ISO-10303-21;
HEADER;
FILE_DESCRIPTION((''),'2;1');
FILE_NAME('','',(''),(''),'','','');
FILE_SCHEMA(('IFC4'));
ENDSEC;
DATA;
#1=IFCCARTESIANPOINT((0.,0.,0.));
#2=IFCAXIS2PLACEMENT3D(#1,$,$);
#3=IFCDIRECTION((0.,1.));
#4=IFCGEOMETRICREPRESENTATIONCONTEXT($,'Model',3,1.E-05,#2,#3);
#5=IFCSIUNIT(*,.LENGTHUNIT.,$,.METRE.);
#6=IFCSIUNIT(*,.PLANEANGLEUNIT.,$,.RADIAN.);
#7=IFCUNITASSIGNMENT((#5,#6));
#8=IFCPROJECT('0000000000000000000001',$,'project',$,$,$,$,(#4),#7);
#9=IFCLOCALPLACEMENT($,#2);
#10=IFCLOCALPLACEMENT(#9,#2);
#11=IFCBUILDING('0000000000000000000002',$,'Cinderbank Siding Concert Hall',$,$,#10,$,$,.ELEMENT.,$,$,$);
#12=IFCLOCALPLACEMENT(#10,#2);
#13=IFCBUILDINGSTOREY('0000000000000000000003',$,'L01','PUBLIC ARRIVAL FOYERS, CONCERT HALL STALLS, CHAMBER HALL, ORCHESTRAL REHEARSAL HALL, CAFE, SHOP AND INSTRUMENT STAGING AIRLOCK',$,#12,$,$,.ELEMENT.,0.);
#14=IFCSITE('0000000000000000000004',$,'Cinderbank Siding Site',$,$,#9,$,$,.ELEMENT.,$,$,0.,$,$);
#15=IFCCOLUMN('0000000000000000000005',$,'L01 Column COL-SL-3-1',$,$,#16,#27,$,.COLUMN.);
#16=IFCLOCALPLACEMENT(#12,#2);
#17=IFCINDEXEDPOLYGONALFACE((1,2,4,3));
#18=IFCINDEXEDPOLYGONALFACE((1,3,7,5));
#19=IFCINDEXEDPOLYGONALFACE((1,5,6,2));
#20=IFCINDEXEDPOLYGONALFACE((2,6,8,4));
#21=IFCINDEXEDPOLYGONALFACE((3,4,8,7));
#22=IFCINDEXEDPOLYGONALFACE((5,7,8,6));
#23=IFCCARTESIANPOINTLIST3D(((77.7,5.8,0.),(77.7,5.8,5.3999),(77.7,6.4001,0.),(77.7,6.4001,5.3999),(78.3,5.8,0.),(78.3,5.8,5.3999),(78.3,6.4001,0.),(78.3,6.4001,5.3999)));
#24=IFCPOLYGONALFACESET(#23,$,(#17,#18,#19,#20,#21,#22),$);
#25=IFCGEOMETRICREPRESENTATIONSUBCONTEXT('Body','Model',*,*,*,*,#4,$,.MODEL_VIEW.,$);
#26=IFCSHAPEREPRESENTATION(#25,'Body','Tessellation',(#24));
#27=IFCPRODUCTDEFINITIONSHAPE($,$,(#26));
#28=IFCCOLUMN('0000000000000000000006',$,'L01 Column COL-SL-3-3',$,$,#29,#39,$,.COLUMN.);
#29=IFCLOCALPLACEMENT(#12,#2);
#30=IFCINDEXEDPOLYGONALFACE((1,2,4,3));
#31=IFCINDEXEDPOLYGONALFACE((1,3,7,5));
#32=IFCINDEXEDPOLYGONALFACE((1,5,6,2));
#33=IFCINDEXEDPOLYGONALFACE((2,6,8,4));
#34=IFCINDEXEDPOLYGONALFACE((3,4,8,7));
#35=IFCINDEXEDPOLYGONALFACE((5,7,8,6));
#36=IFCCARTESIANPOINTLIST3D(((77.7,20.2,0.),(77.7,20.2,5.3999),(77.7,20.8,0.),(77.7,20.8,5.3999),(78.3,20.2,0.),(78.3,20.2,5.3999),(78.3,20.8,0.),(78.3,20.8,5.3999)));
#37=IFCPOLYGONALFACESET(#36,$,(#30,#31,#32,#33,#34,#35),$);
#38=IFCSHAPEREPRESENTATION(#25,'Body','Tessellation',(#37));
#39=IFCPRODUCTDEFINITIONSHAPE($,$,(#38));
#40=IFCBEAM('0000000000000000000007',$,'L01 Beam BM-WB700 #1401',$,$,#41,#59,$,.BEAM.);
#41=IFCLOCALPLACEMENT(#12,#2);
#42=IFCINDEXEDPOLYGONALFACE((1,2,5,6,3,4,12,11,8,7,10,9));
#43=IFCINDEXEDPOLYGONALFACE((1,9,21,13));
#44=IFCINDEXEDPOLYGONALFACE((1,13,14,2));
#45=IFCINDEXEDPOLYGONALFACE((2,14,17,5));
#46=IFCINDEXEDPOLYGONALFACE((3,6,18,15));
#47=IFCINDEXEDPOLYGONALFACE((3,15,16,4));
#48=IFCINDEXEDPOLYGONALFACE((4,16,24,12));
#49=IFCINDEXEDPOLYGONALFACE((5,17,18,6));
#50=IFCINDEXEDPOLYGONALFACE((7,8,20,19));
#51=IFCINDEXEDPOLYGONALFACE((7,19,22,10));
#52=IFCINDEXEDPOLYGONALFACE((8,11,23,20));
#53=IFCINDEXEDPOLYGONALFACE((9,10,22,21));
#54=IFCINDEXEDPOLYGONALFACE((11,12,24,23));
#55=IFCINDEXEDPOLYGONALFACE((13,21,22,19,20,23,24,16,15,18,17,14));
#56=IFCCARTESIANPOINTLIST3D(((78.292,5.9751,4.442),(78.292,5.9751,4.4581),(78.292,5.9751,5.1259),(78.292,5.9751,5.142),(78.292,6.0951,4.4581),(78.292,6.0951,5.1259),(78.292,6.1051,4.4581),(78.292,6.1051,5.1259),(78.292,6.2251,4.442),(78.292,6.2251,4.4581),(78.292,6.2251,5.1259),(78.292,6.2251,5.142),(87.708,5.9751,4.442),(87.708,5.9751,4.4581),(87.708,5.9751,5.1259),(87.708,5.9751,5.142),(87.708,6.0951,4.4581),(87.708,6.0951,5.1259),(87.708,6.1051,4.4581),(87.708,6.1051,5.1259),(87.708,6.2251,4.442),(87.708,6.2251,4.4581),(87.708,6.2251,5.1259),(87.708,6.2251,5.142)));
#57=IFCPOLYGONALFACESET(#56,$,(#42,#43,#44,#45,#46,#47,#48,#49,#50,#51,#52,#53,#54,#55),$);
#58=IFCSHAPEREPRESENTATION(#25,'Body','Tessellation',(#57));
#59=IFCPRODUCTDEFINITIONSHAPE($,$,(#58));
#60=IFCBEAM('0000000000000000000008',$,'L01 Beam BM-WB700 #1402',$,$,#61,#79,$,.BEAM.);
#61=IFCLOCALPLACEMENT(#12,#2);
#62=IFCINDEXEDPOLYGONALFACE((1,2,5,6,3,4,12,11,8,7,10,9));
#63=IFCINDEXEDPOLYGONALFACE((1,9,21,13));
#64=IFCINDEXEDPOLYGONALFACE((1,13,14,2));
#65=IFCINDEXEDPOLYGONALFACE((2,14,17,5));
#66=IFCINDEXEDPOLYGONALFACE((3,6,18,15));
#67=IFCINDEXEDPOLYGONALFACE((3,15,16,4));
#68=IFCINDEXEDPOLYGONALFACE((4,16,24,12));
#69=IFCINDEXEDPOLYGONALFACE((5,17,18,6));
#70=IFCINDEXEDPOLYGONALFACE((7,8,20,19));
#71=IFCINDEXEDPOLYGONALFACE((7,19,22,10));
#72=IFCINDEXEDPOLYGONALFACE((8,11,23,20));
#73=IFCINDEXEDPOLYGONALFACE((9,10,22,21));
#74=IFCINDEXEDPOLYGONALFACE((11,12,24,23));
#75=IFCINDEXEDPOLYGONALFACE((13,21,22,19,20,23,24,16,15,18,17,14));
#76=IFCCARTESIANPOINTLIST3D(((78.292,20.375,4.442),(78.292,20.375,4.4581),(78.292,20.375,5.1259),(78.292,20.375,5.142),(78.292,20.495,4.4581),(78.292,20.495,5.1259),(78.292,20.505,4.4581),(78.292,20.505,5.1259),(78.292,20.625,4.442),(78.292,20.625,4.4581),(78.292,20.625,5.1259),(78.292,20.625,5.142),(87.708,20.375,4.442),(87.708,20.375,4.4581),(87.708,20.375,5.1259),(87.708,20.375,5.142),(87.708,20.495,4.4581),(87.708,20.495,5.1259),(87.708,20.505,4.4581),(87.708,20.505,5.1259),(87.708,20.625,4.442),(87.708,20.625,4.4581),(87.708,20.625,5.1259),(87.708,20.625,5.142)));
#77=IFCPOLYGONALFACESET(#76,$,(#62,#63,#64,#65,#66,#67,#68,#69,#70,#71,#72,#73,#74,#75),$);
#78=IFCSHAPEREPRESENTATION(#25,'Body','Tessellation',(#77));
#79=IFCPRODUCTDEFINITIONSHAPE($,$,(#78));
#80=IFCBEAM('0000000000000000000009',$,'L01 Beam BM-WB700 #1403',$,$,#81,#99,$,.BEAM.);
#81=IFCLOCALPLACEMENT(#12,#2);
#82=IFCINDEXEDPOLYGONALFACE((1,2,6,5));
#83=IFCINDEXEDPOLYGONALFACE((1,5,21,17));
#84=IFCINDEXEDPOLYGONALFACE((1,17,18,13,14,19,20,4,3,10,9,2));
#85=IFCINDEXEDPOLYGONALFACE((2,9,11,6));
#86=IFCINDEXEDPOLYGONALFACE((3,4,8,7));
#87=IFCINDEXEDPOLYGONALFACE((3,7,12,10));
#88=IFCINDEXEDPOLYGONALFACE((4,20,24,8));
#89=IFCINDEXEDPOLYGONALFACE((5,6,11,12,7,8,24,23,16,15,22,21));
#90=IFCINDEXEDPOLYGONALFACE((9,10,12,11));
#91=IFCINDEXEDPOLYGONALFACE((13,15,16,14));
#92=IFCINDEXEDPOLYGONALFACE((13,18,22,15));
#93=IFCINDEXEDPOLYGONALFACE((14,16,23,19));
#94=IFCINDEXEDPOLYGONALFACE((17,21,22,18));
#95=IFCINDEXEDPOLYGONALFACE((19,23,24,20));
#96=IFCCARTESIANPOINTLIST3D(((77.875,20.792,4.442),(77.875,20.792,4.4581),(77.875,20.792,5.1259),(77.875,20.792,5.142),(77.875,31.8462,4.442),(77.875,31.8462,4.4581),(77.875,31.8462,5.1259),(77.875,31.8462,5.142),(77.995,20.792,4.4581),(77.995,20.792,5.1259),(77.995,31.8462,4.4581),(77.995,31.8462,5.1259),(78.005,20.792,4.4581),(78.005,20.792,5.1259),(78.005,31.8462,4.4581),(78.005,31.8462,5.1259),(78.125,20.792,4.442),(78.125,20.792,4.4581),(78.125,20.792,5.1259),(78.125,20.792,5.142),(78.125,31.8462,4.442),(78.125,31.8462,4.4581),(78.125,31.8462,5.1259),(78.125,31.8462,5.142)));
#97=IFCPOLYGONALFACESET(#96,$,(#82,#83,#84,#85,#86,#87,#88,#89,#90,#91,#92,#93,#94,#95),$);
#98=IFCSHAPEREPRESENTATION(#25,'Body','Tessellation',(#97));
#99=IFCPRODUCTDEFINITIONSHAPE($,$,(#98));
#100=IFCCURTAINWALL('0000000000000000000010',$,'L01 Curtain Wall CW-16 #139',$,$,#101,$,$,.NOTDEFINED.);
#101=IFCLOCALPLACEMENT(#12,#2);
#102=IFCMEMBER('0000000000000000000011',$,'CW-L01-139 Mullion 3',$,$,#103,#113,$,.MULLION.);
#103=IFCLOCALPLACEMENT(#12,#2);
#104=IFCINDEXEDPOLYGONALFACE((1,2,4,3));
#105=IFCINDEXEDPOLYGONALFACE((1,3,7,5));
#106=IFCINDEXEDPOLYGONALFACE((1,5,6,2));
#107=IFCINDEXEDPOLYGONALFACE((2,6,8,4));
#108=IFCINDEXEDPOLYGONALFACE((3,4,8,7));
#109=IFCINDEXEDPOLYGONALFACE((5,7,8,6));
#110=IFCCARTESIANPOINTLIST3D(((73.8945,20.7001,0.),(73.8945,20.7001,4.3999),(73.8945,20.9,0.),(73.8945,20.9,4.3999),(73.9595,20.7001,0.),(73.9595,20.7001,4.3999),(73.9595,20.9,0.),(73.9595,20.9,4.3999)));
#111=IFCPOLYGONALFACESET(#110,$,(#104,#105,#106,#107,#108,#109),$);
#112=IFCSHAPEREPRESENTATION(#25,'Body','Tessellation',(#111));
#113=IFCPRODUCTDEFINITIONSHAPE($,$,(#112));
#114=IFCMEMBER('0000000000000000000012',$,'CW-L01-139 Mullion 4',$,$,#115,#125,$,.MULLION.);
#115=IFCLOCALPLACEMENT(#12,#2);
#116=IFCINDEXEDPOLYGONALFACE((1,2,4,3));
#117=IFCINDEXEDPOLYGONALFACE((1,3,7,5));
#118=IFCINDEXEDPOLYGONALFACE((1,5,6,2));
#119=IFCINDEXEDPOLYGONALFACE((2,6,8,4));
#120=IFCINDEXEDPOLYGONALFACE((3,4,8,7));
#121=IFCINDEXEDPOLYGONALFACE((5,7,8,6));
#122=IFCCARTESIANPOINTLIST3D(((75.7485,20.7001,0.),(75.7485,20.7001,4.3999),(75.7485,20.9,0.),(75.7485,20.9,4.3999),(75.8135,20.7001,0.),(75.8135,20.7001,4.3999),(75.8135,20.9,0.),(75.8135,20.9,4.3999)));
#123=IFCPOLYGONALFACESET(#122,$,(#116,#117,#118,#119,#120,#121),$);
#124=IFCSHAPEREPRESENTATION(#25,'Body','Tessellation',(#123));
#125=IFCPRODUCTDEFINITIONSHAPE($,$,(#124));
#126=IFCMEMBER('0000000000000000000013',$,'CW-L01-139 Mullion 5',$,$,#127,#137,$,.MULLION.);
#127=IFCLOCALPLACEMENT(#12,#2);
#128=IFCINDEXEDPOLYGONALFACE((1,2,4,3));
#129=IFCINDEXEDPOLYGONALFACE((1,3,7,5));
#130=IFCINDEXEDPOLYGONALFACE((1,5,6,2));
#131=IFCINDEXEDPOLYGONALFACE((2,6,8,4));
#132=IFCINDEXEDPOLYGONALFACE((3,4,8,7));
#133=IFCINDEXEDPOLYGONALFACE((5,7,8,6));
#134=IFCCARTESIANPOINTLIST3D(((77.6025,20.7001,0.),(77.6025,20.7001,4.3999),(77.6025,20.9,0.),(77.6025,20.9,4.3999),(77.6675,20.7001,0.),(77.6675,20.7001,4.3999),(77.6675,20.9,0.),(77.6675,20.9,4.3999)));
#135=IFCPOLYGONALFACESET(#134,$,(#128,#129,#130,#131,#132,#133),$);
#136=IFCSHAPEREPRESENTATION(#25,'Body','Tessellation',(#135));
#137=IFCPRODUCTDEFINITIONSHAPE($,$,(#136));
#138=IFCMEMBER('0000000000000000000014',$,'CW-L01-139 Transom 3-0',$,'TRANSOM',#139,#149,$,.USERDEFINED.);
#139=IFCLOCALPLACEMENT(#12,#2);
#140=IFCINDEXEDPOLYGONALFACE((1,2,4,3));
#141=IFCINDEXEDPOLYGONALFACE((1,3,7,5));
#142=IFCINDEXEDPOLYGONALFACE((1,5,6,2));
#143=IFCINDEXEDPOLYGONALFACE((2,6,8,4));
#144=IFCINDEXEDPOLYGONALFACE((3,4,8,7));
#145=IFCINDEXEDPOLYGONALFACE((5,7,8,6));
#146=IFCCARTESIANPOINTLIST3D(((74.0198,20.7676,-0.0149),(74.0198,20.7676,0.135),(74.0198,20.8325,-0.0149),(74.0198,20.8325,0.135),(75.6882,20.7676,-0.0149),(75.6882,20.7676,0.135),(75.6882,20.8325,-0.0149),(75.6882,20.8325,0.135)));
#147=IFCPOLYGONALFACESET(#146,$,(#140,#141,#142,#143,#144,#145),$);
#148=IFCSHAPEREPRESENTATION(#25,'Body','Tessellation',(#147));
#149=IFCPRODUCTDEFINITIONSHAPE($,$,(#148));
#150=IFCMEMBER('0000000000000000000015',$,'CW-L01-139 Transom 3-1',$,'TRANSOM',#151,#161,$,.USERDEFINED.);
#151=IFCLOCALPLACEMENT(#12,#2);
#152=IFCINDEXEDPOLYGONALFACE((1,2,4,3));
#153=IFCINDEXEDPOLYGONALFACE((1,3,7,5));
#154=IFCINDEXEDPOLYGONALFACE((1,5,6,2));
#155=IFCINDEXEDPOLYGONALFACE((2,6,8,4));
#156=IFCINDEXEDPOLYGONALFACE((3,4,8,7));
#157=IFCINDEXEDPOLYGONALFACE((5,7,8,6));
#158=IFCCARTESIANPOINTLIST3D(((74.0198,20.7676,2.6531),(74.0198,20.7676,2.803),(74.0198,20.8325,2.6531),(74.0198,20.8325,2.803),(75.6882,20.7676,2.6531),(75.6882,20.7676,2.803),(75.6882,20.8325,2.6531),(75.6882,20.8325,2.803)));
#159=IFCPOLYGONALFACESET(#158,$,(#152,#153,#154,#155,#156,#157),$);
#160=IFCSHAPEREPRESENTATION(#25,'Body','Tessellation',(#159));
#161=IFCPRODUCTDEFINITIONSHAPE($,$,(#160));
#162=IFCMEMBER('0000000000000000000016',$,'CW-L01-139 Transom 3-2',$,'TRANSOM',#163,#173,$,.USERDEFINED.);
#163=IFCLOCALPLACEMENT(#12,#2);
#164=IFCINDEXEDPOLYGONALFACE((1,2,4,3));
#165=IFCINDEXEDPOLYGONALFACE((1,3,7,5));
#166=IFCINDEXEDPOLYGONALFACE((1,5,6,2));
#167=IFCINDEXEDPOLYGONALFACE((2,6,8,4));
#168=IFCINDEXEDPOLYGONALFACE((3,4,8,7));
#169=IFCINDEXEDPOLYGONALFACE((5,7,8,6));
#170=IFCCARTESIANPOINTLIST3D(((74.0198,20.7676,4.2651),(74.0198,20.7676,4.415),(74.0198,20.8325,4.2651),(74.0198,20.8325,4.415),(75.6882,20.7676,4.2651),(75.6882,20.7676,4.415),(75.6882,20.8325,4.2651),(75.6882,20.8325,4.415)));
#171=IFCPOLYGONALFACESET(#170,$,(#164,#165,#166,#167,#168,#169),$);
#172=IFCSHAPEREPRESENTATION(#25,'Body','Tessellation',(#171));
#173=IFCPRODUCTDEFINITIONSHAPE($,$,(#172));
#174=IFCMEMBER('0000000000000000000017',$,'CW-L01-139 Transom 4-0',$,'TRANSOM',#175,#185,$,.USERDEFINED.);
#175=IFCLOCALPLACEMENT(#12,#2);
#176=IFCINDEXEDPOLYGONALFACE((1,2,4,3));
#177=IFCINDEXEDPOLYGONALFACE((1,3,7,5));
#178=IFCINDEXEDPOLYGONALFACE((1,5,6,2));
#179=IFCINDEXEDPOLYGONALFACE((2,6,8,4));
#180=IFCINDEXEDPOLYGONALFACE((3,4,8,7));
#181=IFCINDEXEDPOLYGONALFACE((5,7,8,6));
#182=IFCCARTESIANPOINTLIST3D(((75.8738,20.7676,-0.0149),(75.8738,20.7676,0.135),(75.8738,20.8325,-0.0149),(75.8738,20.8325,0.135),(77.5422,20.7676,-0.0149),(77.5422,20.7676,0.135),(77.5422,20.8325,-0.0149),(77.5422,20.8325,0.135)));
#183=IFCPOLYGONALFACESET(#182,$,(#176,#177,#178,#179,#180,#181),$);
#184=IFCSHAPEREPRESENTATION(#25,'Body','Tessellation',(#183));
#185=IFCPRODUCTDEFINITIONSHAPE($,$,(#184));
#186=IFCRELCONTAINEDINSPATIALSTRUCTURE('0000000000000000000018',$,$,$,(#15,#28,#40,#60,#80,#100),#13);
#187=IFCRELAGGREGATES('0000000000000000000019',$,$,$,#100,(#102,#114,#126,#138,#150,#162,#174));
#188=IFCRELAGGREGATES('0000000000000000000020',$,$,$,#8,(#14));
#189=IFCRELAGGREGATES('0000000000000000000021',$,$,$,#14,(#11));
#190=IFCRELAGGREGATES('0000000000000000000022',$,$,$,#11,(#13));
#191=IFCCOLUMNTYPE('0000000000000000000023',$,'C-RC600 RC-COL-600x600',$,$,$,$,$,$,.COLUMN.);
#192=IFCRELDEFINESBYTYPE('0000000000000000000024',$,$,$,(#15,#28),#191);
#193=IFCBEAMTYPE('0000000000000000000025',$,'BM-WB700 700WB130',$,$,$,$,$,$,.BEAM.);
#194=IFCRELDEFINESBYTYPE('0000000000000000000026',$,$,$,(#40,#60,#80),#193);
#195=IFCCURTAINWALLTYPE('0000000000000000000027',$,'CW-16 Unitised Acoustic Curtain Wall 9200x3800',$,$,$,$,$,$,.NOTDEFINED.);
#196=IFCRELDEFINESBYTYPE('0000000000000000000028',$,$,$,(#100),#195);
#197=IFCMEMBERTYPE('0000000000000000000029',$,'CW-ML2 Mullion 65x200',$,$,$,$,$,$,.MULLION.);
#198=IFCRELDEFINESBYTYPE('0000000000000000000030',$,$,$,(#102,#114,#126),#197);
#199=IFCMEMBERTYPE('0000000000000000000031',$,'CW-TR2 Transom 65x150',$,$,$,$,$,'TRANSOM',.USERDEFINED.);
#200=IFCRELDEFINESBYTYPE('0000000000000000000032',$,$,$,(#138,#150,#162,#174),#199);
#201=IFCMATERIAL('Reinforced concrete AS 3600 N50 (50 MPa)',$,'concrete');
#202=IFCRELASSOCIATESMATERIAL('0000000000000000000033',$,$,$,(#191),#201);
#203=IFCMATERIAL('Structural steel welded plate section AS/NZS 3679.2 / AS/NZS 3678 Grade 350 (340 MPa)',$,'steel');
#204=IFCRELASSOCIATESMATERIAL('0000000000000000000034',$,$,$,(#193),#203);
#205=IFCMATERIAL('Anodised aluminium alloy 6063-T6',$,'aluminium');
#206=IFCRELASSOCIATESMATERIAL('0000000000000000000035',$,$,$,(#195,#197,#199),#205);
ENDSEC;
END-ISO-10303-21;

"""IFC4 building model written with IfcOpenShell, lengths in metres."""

from ifc_helpers import new_model, si_unit, direction, frame, origin, origin_2d, place, context, subcontext, project, spatial, rectangle, i_section, extrude, material, material_profile, profile_set, type_object, element, aggregate, save


model = new_model("IFC4")

# Units and contexts
model_context = context("Model", 3, precision=1e-05, world=origin(), true_north=direction((0.0, 1.0)))
body_context = subcontext(model_context, "Body", "Model", "MODEL_VIEW")
ifc_project = project(units=[si_unit("LENGTHUNIT", "METRE"), si_unit("PLANEANGLEUNIT", "RADIAN")], contexts=[model_context])

# Site, building, storey
site_placement = place(None, origin())
site = spatial("IfcSite", under=ifc_project, at=site_placement, Name="Cinderbank Siding Site", CompositionType="ELEMENT", RefElevation=0.0)
building_placement = place(site_placement, origin())
building = spatial("IfcBuilding", under=site, at=building_placement, Name="Cinderbank Siding Concert Hall", CompositionType="ELEMENT")
storey_placement = place(building_placement, origin())
storey = spatial("IfcBuildingStorey", under=building, at=storey_placement, Name="L01", Description="PUBLIC ARRIVAL FOYERS, CONCERT HALL STALLS, CHAMBER HALL, ORCHESTRAL REHEARSAL HALL, CAFE, SHOP AND INSTRUMENT STAGING AIRLOCK", CompositionType="ELEMENT", Elevation=0.0)

# Columns
ifc_material_1 = material(Name="Reinforced concrete AS 3600 N50 (50 MPa)", Category="concrete")
ifc_material_profile_1 = material_profile(ifc_material_1, rectangle(XDim=0.6001, YDim=0.6001, at=origin_2d()), Name="RC-COL-600x600", Category="LoadBearing")
ifc_profile_set_1 = profile_set([ifc_material_profile_1], Name="Reinforced concrete AS 3600 N50 (50 MPa)")
column_type = type_object("IfcColumnType", Name="C-RC600 RC-COL-600x600", PredefinedType="COLUMN", material=ifc_profile_set_1)
for number, where, z_axis, x_axis, name in (
    (1, (78.0, 6.1001, 0.0), (0.0, 0.0, 1.0), (1.0, 0.0, 0.0), "L01 Column COL-SL-3-1"),
    (2, (78.0, 20.5, 0.0), (0.0, 0.0, 1.0), (1.0, 0.0, 0.0), "L01 Column COL-SL-3-3"),
):
    element("IfcColumn", number, at=place(storey_placement, frame(where, z_axis=z_axis, x_axis=x_axis)), inside=storey, type_object=column_type, Name=name, PredefinedType="COLUMN", context=body_context, shape_type="SweptSolid", body=[
        extrude(rectangle(XDim=0.6001, YDim=0.6001, at=origin_2d()), origin(), (0.0, 0.0, 1.0), 5.3999),
    ])

# Beams
ifc_material_2 = material(Name="Structural steel welded plate section AS/NZS 3679.2 / AS/NZS 3678 Grade 350 (340 MPa)", Category="steel")
ifc_material_profile_2 = material_profile(ifc_material_2, i_section(OverallWidth=0.25, OverallDepth=0.7, WebThickness=0.01, FlangeThickness=0.0161, at=origin_2d()), Name="700WB130", Category="LoadBearing")
ifc_profile_set_2 = profile_set([ifc_material_profile_2], Name="Structural steel welded plate section AS/NZS 3679.2 / AS/NZS 3678 Grade 350 (340 MPa)")
beam_type = type_object("IfcBeamType", Name="BM-WB700 700WB130", PredefinedType="BEAM", material=ifc_profile_set_2)
for number, where, z_axis, x_axis, name in (
    (3, (78.292, 6.1001, 4.792), (1.0, 0.0, 0.0), (0.0, 1.0, 0.0), "L01 Beam BM-WB700 #1401"),
    (4, (78.292, 20.5, 4.792), (1.0, 0.0, 0.0), (0.0, 1.0, 0.0), "L01 Beam BM-WB700 #1402"),
):
    element("IfcBeam", number, at=place(storey_placement, frame(where, z_axis=z_axis, x_axis=x_axis)), inside=storey, type_object=beam_type, Name=name, PredefinedType="BEAM", context=body_context, shape_type="SweptSolid", body=[
        extrude(i_section(OverallWidth=0.25, OverallDepth=0.7, WebThickness=0.01, FlangeThickness=0.0161, at=origin_2d()), origin(), (0.0, 0.0, 1.0), 9.416),
    ])
beam_placement = place(storey_placement, frame((78.0, 20.792, 4.792), z_axis=(0.0, 1.0, 0.0), x_axis=(-1.0, 0.0, 0.0)))
element("IfcBeam", 5, at=beam_placement, inside=storey, type_object=beam_type, Name="L01 Beam BM-WB700 #1403", PredefinedType="BEAM", context=body_context, shape_type="SweptSolid", body=[
    extrude(i_section(OverallWidth=0.25, OverallDepth=0.7, WebThickness=0.01, FlangeThickness=0.0161, at=origin_2d()), origin(), (0.0, 0.0, 1.0), 11.0542),
])

# Curtain wall, members
ifc_material_3 = material(Name="Anodised aluminium alloy 6063-T6", Category="aluminium")
curtain_wall_type = type_object("IfcCurtainWallType", Name="CW-16 Unitised Acoustic Curtain Wall 9200x3800", PredefinedType="NOTDEFINED", material=ifc_material_3)
curtain_wall_placement = place(storey_placement, origin())
curtain_wall = element("IfcCurtainWall", 6, at=curtain_wall_placement, inside=storey, type_object=curtain_wall_type, Name="L01 Curtain Wall CW-16 #139", PredefinedType="NOTDEFINED")
ifc_material_profile_3 = material_profile(ifc_material_3, rectangle(XDim=0.0649, YDim=0.2, at=origin_2d()), Name="ALU-MULL-65x200", Category="LoadBearing")
ifc_profile_set_3 = profile_set([ifc_material_profile_3], Name="Anodised aluminium alloy 6063-T6")
member_type_1 = type_object("IfcMemberType", Name="CW-ML2 Mullion 65x200", PredefinedType="MULLION", material=ifc_profile_set_3)
member_1_placement = place(storey_placement, frame((73.927, 20.8, 0.0), z_axis=(0.0, 0.0, 1.0), x_axis=(1.0, 0.0, 0.0)))
member_1 = element("IfcMember", 7, at=member_1_placement, type_object=member_type_1, Name="CW-L01-139 Mullion 3", PredefinedType="MULLION", context=body_context, shape_type="SweptSolid", body=[
    extrude(rectangle(XDim=0.0649, YDim=0.2, at=origin_2d()), origin(), (0.0, 0.0, 1.0), 4.3999),
])
member_2_placement = place(storey_placement, frame((75.781, 20.8, 0.0), z_axis=(0.0, 0.0, 1.0), x_axis=(1.0, 0.0, 0.0)))
member_2 = element("IfcMember", 8, at=member_2_placement, type_object=member_type_1, Name="CW-L01-139 Mullion 4", PredefinedType="MULLION", context=body_context, shape_type="SweptSolid", body=[
    extrude(rectangle(XDim=0.0649, YDim=0.2, at=origin_2d()), origin(), (0.0, 0.0, 1.0), 4.3999),
])
member_3_placement = place(storey_placement, frame((77.635, 20.8, 0.0), z_axis=(0.0, 0.0, 1.0), x_axis=(1.0, 0.0, 0.0)))
member_3 = element("IfcMember", 9, at=member_3_placement, type_object=member_type_1, Name="CW-L01-139 Mullion 5", PredefinedType="MULLION", context=body_context, shape_type="SweptSolid", body=[
    extrude(rectangle(XDim=0.0649, YDim=0.2, at=origin_2d()), origin(), (0.0, 0.0, 1.0), 4.3999),
])
ifc_material_profile_4 = material_profile(ifc_material_3, rectangle(XDim=0.0649, YDim=0.1499, at=origin_2d()), Name="ALU-TRAN-65x150", Category="LoadBearing")
ifc_profile_set_4 = profile_set([ifc_material_profile_4], Name="Anodised aluminium alloy 6063-T6")
member_type_2 = type_object("IfcMemberType", Name="CW-TR2 Transom 65x150", ElementType="TRANSOM", PredefinedType="USERDEFINED", material=ifc_profile_set_4)
member_4_placement = place(storey_placement, frame((74.0198, 20.8, 0.0601), z_axis=(1.0, 0.0, 0.0), x_axis=(0.0, 1.0, 0.0)))
member_4 = element("IfcMember", 10, at=member_4_placement, type_object=member_type_2, Name="CW-L01-139 Transom 3-0", ObjectType="TRANSOM", PredefinedType="USERDEFINED", context=body_context, shape_type="SweptSolid", body=[
    extrude(rectangle(XDim=0.0649, YDim=0.1499, at=origin_2d()), origin(), (0.0, 0.0, 1.0), 1.6685),
])
member_5_placement = place(storey_placement, frame((74.0198, 20.8, 2.728), z_axis=(1.0, 0.0, 0.0), x_axis=(0.0, 1.0, 0.0)))
member_5 = element("IfcMember", 11, at=member_5_placement, type_object=member_type_2, Name="CW-L01-139 Transom 3-1", ObjectType="TRANSOM", PredefinedType="USERDEFINED", context=body_context, shape_type="SweptSolid", body=[
    extrude(rectangle(XDim=0.0649, YDim=0.1499, at=origin_2d()), origin(), (0.0, 0.0, 1.0), 1.6685),
])
member_6_placement = place(storey_placement, frame((74.0198, 20.8, 4.3401), z_axis=(1.0, 0.0, 0.0), x_axis=(0.0, 1.0, 0.0)))
member_6 = element("IfcMember", 12, at=member_6_placement, type_object=member_type_2, Name="CW-L01-139 Transom 3-2", ObjectType="TRANSOM", PredefinedType="USERDEFINED", context=body_context, shape_type="SweptSolid", body=[
    extrude(rectangle(XDim=0.0649, YDim=0.1499, at=origin_2d()), origin(), (0.0, 0.0, 1.0), 1.6685),
])
member_7_placement = place(storey_placement, frame((75.8738, 20.8, 0.0601), z_axis=(1.0, 0.0, 0.0), x_axis=(0.0, 1.0, 0.0)))
member_7 = element("IfcMember", 13, at=member_7_placement, type_object=member_type_2, Name="CW-L01-139 Transom 4-0", ObjectType="TRANSOM", PredefinedType="USERDEFINED", context=body_context, shape_type="SweptSolid", body=[
    extrude(rectangle(XDim=0.0649, YDim=0.1499, at=origin_2d()), origin(), (0.0, 0.0, 1.0), 1.6685),
])
aggregate(curtain_wall, [member_1, member_2, member_3, member_4, member_5, member_6, member_7])

save(model, "model.ifc")
